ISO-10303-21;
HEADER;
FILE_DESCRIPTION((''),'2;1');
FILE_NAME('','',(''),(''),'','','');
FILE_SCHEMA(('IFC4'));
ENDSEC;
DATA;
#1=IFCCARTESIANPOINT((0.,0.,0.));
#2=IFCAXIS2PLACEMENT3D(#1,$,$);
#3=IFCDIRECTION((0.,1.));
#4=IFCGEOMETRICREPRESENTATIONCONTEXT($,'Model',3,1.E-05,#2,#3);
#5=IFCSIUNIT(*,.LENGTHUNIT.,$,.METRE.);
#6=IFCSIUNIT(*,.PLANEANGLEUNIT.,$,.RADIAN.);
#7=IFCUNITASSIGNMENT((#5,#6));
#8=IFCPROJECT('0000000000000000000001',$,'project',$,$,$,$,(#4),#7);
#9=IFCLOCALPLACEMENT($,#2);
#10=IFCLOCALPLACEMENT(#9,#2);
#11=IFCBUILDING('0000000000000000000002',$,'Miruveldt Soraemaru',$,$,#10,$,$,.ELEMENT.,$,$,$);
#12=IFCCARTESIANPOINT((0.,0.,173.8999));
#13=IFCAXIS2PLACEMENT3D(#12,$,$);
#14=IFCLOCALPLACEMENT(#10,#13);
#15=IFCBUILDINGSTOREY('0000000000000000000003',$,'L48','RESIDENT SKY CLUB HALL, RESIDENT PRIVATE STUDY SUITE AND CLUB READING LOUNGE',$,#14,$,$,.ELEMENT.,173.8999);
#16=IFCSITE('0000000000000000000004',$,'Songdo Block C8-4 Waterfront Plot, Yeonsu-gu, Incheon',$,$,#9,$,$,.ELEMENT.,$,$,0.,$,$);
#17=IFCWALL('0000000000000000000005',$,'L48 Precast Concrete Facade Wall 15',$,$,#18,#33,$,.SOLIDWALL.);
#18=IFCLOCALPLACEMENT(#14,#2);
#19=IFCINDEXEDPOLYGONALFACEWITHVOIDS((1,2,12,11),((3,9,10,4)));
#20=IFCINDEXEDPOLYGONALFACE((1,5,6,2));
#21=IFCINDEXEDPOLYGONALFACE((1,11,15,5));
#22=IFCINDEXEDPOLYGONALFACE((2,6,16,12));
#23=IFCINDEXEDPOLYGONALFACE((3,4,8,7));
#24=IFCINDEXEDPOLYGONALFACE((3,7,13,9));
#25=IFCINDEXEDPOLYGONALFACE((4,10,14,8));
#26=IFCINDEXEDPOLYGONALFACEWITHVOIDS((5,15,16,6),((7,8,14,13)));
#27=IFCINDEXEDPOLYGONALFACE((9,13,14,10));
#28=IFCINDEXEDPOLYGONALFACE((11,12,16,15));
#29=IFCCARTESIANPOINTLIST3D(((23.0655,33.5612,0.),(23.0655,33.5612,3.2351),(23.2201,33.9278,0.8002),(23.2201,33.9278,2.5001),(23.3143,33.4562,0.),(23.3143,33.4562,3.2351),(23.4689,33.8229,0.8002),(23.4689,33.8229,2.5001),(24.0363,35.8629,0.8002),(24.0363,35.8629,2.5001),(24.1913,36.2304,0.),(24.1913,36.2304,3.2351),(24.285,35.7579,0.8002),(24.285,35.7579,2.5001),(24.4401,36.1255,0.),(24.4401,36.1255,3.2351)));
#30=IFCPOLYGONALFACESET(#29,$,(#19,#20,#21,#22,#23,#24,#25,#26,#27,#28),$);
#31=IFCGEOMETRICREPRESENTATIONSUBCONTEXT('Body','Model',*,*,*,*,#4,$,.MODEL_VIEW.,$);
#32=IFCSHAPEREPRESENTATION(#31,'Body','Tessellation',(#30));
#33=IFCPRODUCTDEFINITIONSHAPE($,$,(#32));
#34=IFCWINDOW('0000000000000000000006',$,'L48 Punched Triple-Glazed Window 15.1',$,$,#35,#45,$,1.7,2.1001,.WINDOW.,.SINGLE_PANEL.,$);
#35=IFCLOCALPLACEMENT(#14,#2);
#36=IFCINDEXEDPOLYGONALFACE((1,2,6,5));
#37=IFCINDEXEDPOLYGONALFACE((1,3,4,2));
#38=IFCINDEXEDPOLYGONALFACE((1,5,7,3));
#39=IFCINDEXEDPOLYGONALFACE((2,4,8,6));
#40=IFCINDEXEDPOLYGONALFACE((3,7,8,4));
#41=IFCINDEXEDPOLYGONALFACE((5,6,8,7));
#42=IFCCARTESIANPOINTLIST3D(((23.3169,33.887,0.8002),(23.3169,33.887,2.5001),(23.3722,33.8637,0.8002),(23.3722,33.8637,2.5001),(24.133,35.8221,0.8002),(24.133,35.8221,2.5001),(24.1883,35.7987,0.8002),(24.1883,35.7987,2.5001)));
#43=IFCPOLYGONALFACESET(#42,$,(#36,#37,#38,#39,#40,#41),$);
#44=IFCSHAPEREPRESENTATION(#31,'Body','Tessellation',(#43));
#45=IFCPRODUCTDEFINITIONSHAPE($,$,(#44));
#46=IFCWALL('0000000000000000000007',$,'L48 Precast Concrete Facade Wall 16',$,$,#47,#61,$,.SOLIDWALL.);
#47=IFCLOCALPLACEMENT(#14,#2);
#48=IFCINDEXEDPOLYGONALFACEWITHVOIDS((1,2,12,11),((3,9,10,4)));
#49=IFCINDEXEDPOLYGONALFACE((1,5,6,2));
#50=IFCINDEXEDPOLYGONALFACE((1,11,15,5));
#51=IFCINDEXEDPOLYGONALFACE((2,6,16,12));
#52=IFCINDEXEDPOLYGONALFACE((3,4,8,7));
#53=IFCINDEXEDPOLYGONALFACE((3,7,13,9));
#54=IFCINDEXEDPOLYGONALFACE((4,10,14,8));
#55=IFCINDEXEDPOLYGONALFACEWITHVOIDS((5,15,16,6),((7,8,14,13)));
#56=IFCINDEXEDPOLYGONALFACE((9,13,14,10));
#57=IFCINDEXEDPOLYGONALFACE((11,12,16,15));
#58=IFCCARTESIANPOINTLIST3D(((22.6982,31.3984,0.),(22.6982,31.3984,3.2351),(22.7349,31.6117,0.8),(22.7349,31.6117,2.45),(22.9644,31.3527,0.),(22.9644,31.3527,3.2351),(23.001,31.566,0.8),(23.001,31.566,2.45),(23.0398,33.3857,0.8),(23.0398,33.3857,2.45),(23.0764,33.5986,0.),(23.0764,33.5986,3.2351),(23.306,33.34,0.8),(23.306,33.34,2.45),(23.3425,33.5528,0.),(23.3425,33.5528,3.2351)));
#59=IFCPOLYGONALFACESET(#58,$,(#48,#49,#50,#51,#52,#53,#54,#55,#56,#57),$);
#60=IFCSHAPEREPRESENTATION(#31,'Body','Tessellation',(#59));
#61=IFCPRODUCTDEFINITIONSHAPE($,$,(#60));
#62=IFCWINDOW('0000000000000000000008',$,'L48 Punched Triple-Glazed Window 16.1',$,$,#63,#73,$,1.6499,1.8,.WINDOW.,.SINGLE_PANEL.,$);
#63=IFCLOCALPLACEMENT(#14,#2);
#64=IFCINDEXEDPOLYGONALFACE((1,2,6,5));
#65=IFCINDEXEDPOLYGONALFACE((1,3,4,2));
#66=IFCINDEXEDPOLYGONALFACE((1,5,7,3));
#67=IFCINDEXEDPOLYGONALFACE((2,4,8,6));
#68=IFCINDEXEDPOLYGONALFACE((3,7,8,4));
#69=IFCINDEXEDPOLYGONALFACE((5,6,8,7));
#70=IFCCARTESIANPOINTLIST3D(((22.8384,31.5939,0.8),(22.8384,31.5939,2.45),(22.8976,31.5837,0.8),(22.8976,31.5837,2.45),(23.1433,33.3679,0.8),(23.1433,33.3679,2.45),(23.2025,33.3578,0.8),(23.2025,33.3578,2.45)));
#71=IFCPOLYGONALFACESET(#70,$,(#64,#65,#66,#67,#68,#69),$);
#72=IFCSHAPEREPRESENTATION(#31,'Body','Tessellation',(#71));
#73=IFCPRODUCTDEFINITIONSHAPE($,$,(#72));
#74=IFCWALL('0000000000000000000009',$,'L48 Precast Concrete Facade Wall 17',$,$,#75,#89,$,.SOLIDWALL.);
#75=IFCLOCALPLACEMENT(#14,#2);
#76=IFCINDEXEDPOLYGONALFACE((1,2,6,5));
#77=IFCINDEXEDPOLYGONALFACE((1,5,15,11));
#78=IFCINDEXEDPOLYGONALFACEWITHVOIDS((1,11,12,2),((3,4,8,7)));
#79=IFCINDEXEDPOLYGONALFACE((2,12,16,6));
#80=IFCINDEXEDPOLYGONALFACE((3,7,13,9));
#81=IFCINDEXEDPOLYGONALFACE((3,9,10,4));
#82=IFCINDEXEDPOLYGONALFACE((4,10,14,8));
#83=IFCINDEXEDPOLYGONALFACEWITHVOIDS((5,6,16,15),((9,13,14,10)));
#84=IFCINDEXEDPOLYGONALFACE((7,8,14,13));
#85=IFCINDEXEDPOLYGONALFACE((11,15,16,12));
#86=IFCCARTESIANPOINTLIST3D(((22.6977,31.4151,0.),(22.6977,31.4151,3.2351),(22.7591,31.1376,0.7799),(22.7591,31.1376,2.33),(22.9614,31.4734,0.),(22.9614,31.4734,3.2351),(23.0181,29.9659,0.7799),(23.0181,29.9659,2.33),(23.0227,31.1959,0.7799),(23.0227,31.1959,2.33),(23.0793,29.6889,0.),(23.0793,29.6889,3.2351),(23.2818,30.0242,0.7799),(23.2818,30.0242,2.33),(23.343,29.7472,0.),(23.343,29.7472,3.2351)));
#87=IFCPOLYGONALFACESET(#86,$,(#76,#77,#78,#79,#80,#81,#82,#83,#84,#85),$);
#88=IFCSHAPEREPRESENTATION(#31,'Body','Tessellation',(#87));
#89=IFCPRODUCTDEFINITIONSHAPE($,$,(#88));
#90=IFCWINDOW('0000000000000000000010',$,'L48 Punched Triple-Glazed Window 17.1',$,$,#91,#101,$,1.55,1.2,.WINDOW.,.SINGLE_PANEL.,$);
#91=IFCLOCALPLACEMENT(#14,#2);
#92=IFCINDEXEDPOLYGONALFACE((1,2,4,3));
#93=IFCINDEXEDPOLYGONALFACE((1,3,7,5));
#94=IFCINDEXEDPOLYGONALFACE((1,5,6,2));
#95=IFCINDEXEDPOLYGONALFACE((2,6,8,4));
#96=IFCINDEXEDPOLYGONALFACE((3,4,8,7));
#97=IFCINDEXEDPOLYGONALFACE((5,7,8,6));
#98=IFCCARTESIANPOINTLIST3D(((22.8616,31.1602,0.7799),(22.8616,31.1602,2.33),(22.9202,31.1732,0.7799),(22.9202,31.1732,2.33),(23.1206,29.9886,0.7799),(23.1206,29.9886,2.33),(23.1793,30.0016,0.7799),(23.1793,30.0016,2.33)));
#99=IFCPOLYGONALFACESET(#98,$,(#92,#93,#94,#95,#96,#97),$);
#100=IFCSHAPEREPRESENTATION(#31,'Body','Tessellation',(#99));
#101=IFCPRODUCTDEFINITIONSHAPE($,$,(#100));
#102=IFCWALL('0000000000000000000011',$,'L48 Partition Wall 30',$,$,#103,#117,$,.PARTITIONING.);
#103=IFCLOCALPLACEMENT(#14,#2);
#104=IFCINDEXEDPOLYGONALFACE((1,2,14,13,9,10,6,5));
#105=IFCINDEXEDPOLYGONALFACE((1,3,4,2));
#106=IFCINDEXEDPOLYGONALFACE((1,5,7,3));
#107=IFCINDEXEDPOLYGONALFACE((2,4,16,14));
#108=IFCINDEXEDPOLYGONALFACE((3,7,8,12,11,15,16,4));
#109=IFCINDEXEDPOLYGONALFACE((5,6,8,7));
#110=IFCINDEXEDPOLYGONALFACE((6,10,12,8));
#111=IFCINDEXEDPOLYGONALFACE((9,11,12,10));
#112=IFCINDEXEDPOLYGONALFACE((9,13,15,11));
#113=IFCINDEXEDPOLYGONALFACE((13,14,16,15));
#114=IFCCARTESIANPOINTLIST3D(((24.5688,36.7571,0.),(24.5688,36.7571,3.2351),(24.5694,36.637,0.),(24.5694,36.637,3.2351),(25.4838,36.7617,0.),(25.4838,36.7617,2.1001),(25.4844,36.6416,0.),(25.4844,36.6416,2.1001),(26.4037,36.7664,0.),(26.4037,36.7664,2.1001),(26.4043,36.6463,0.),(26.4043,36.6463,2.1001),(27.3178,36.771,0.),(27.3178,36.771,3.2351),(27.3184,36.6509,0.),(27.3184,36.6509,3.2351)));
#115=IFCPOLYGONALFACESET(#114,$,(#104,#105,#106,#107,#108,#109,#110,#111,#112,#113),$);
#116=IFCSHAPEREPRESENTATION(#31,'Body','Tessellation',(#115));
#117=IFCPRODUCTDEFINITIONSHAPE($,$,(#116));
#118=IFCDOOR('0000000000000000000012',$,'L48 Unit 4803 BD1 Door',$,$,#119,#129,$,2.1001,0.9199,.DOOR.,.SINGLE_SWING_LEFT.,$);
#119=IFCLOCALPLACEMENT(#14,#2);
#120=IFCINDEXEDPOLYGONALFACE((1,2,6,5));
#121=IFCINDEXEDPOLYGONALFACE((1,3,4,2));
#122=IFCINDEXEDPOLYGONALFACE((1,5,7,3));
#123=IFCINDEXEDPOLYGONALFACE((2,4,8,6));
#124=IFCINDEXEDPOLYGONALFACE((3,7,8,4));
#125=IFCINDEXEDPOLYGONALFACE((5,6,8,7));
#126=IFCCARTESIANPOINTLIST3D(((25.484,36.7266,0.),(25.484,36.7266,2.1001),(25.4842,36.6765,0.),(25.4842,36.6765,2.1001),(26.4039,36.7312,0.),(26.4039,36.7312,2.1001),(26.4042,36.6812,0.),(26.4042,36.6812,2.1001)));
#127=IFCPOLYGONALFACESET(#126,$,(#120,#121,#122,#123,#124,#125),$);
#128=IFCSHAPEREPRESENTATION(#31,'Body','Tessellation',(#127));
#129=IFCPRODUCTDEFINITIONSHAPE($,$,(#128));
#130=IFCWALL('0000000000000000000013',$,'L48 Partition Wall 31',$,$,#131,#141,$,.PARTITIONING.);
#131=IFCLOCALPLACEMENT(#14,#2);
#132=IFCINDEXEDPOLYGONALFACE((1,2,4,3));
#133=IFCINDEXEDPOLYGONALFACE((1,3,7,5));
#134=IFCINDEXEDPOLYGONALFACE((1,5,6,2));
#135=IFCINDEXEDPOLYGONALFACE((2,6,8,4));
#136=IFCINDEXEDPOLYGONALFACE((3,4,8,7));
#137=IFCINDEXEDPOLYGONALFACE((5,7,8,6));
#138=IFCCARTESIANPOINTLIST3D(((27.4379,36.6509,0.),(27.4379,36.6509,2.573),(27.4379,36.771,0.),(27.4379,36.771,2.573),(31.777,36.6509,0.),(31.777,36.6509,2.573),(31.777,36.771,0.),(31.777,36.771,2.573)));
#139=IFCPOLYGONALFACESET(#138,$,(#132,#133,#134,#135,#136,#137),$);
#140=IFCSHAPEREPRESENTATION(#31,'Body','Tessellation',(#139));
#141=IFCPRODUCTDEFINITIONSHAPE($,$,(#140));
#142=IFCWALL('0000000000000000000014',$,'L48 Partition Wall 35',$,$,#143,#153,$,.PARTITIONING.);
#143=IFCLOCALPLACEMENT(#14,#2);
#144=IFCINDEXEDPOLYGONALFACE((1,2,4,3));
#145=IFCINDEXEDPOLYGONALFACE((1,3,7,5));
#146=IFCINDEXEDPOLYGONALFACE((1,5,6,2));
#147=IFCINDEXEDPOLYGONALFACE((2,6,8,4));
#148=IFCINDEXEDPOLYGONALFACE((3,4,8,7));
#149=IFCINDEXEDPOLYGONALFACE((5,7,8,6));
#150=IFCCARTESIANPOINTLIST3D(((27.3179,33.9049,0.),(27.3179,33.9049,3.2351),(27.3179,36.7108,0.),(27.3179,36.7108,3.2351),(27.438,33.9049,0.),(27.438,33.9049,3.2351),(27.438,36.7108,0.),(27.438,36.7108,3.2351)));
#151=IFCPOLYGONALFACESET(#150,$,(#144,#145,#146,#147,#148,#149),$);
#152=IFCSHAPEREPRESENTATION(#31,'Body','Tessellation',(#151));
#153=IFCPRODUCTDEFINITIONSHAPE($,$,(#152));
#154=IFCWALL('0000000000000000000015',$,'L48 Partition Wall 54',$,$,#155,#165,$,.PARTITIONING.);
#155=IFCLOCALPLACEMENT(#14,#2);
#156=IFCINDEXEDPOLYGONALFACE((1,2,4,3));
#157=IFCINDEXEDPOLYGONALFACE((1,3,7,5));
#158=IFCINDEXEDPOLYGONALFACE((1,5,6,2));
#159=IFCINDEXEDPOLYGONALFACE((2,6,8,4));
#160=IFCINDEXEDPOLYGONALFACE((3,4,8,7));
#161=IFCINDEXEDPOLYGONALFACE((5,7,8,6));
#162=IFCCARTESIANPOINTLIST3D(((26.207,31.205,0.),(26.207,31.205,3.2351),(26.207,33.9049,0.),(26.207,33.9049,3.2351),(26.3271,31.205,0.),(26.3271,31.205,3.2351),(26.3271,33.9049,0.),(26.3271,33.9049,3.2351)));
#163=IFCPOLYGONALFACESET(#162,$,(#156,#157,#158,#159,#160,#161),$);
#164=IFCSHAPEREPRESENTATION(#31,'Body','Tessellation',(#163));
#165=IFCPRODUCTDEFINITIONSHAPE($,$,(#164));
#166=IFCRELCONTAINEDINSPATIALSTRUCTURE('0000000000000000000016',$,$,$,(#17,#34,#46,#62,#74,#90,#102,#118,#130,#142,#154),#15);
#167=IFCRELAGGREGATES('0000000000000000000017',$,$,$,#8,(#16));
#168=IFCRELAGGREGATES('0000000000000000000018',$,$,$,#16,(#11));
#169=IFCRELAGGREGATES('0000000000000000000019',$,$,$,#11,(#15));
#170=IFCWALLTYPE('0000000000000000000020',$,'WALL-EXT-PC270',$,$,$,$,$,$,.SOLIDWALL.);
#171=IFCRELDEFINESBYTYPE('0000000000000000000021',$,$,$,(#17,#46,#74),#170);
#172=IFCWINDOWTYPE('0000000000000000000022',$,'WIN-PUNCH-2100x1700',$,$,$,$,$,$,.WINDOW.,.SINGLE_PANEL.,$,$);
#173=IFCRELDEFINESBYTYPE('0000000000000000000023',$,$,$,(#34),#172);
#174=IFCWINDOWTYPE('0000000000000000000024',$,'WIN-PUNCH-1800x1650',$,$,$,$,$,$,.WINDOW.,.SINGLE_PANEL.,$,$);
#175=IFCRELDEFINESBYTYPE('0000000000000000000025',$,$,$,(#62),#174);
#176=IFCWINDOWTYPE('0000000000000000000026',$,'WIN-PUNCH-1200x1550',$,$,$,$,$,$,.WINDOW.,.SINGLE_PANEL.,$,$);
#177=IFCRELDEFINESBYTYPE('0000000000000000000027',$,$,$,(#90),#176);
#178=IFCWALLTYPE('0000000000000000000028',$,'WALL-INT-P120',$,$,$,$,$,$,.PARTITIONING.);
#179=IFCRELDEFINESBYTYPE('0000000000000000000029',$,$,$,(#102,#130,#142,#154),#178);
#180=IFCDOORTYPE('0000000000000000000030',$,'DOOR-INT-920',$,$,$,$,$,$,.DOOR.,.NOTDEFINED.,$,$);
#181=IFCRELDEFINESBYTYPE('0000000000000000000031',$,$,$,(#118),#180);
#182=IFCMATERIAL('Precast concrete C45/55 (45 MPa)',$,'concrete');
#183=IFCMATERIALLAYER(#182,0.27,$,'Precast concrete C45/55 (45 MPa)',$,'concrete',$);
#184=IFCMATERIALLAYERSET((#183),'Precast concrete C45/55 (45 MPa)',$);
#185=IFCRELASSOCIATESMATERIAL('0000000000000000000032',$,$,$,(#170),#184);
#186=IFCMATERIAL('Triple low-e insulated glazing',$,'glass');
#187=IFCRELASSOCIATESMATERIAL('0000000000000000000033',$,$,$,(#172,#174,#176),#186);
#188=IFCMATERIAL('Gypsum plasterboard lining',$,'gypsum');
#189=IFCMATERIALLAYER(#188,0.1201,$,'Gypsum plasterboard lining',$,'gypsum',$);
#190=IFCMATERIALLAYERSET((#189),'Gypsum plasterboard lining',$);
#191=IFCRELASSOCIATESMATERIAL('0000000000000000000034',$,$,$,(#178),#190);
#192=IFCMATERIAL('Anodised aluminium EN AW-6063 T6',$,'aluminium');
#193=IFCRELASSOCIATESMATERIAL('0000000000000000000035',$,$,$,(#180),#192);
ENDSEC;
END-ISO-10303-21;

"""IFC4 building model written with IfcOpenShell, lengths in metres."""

from ifc_helpers import new_model, si_unit, direction, frame, frame_2d, origin, place, context, subcontext, project, spatial, rectangle, extrude, material, layer, layer_set, type_object, element, fill, save


model = new_model("IFC4")

# Units and contexts
model_context = context("Model", 3, precision=1e-05, world=origin(), true_north=direction((0.0, 1.0)))
body_context = subcontext(model_context, "Body", "Model", "MODEL_VIEW")
ifc_project = project(units=[si_unit("LENGTHUNIT", "METRE"), si_unit("PLANEANGLEUNIT", "RADIAN")], contexts=[model_context])

# Site, building, storey
site_placement = place(None, origin())
site = spatial("IfcSite", under=ifc_project, at=site_placement, Name="Songdo Block C8-4 Waterfront Plot, Yeonsu-gu, Incheon", CompositionType="ELEMENT", RefElevation=0.0)
building_placement = place(site_placement, origin())
building = spatial("IfcBuilding", under=site, at=building_placement, Name="Miruveldt Soraemaru", CompositionType="ELEMENT")
storey_placement = place(building_placement, frame((0.0, 0.0, 173.8999)))
storey = spatial("IfcBuildingStorey", under=building, at=storey_placement, Name="L48", Description="RESIDENT SKY CLUB HALL, RESIDENT PRIVATE STUDY SUITE AND CLUB READING LOUNGE", CompositionType="ELEMENT", Elevation=173.8999)

# Walls, openings, windows
ifc_material_1 = material(Name="Precast concrete C45/55 (45 MPa)", Category="concrete")
ifc_layer_1 = layer(ifc_material_1, 0.27, Name="Precast concrete C45/55 (45 MPa)", Category="concrete")
ifc_layer_set_1 = layer_set([ifc_layer_1], Name="Precast concrete C45/55 (45 MPa)")
wall_type_1 = type_object("IfcWallType", Name="WALL-EXT-PC270", PredefinedType="SOLIDWALL", material=ifc_layer_set_1)
ifc_material_2 = material(Name="Triple low-e insulated glazing", Category="glass")
wall_1_placement = place(storey_placement, frame((24.3157, 36.178, 0.0), z_axis=(0.0, 0.0, 1.0), x_axis=(-0.388603, -0.921405, 0.0)))
wall_1 = element("IfcWall", 1, at=wall_1_placement, inside=storey, type_object=wall_type_1, Name="L48 Precast Concrete Facade Wall 15", PredefinedType="SOLIDWALL", context=body_context, shape_type="SweptSolid", body=[
    extrude(rectangle(XDim=2.897, YDim=0.27, at=frame_2d((1.4485, 0.0))), origin(), (0.0, 0.0, 1.0), 3.2351),
])
opening_1_placement = place(wall_1_placement, frame((0.3989, 0.0, 0.8)))
opening_1 = element("IfcOpeningElement", 2, at=opening_1_placement, cuts=wall_1, PredefinedType="OPENING", context=body_context, shape_type="SweptSolid", body=[
    extrude(rectangle(XDim=2.1001, YDim=1.7, at=frame_2d((1.05, 0.8501))), frame((0.0, 0.145, 0.0), z_axis=(0.0, -1.0, 0.0), x_axis=(1.0, 0.0, 0.0)), (0.0, 0.0, 1.0), 0.29),
])
window_type_1 = type_object("IfcWindowType", Name="WIN-PUNCH-2100x1700", PartitioningType="SINGLE_PANEL", PredefinedType="WINDOW", material=ifc_material_2)
window_1_placement = place(opening_1_placement, origin())
window_1 = element("IfcWindow", 3, at=window_1_placement, inside=storey, type_object=window_type_1, Name="L48 Punched Triple-Glazed Window 15.1", OverallHeight=1.7, OverallWidth=2.1001, PartitioningType="SINGLE_PANEL", PredefinedType="WINDOW", context=body_context, shape_type="SweptSolid", body=[
    extrude(rectangle(XDim=2.1001, YDim=1.7, at=frame_2d((1.05, 0.8501))), frame((0.0, 0.03, 0.0), z_axis=(0.0, -1.0, 0.0), x_axis=(1.0, 0.0, 0.0)), (0.0, 0.0, 1.0), 0.0601),
])
fill(opening_1, window_1)
wall_2_placement = place(storey_placement, frame((23.2095, 33.5757, 0.0), z_axis=(0.0, 0.0, 1.0), x_axis=(-0.169398, -0.985548, 0.0)))
wall_2 = element("IfcWall", 4, at=wall_2_placement, inside=storey, type_object=wall_type_1, Name="L48 Precast Concrete Facade Wall 16", PredefinedType="SOLIDWALL", context=body_context, shape_type="SweptSolid", body=[
    extrude(rectangle(XDim=2.2324, YDim=0.27, at=frame_2d((1.1162, 0.0))), origin(), (0.0, 0.0, 1.0), 3.2351),
])
opening_2_placement = place(wall_2_placement, frame((0.2161, 0.0, 0.8)))
opening_2 = element("IfcOpeningElement", 5, at=opening_2_placement, cuts=wall_2, PredefinedType="OPENING", context=body_context, shape_type="SweptSolid", body=[
    extrude(rectangle(XDim=1.8, YDim=1.6499, at=frame_2d((0.8999, 0.825))), frame((0.0, 0.145, 0.0), z_axis=(0.0, -1.0, 0.0), x_axis=(1.0, 0.0, 0.0)), (0.0, 0.0, 1.0), 0.29),
])
window_type_2 = type_object("IfcWindowType", Name="WIN-PUNCH-1800x1650", PartitioningType="SINGLE_PANEL", PredefinedType="WINDOW", material=ifc_material_2)
window_2_placement = place(opening_2_placement, origin())
window_2 = element("IfcWindow", 6, at=window_2_placement, inside=storey, type_object=window_type_2, Name="L48 Punched Triple-Glazed Window 16.1", OverallHeight=1.6499, OverallWidth=1.8, PartitioningType="SINGLE_PANEL", PredefinedType="WINDOW", context=body_context, shape_type="SweptSolid", body=[
    extrude(rectangle(XDim=1.8, YDim=1.6499, at=frame_2d((0.8999, 0.825))), frame((0.0, 0.03, 0.0), z_axis=(0.0, -1.0, 0.0), x_axis=(1.0, 0.0, 0.0)), (0.0, 0.0, 1.0), 0.0601),
])
fill(opening_2, window_2)
wall_3_placement = place(storey_placement, frame((22.8296, 31.4441, 0.0), z_axis=(0.0, 0.0, 1.0), x_axis=(0.215863, -0.976424, 0.0)))
wall_3 = element("IfcWall", 7, at=wall_3_placement, inside=storey, type_object=wall_type_1, Name="L48 Precast Concrete Facade Wall 17", PredefinedType="SOLIDWALL", context=body_context, shape_type="SweptSolid", body=[
    extrude(rectangle(XDim=1.7678, YDim=0.27, at=frame_2d((0.8838, 0.0))), origin(), (0.0, 0.0, 1.0), 3.2351),
])
opening_3_placement = place(wall_3_placement, frame((0.2839, 0.0, 0.78)))
opening_3 = element("IfcOpeningElement", 8, at=opening_3_placement, cuts=wall_3, PredefinedType="OPENING", context=body_context, shape_type="SweptSolid", body=[
    extrude(rectangle(XDim=1.2, YDim=1.55, at=frame_2d((0.6001, 0.7749))), frame((0.0, 0.145, 0.0), z_axis=(0.0, -1.0, 0.0), x_axis=(1.0, 0.0, 0.0)), (0.0, 0.0, 1.0), 0.29),
])
window_type_3 = type_object("IfcWindowType", Name="WIN-PUNCH-1200x1550", PartitioningType="SINGLE_PANEL", PredefinedType="WINDOW", material=ifc_material_2)
window_3_placement = place(opening_3_placement, origin())
window_3 = element("IfcWindow", 9, at=window_3_placement, inside=storey, type_object=window_type_3, Name="L48 Punched Triple-Glazed Window 17.1", OverallHeight=1.55, OverallWidth=1.2, PartitioningType="SINGLE_PANEL", PredefinedType="WINDOW", context=body_context, shape_type="SweptSolid", body=[
    extrude(rectangle(XDim=1.2, YDim=1.55, at=frame_2d((0.6001, 0.7749))), frame((0.0, 0.03, 0.0), z_axis=(0.0, -1.0, 0.0), x_axis=(1.0, 0.0, 0.0)), (0.0, 0.0, 1.0), 0.0601),
])
fill(opening_3, window_3)

# Wall, opening, door
ifc_material_3 = material(Name="Gypsum plasterboard lining", Category="gypsum")
ifc_layer_2 = layer(ifc_material_3, 0.1201, Name="Gypsum plasterboard lining", Category="gypsum")
ifc_layer_set_2 = layer_set([ifc_layer_2], Name="Gypsum plasterboard lining")
wall_type_2 = type_object("IfcWallType", Name="WALL-INT-P120", PredefinedType="PARTITIONING", material=ifc_layer_set_2)
wall_4_placement = place(storey_placement, frame((24.5691, 36.697, 0.0), z_axis=(0.0, 0.0, 1.0), x_axis=(0.999987, 0.005062, 0.0)))
wall_4 = element("IfcWall", 10, at=wall_4_placement, inside=storey, type_object=wall_type_2, Name="L48 Partition Wall 30", PredefinedType="PARTITIONING", context=body_context, shape_type="SweptSolid", body=[
    extrude(rectangle(XDim=2.749, YDim=0.1201, at=frame_2d((1.3745, 0.0))), origin(), (0.0, 0.0, 1.0), 3.2351),
])
opening_4_placement = place(wall_4_placement, frame((0.915, 0.0, 0.0)))
opening_4 = element("IfcOpeningElement", 11, at=opening_4_placement, cuts=wall_4, PredefinedType="OPENING", context=body_context, shape_type="SweptSolid", body=[
    extrude(rectangle(XDim=0.9199, YDim=2.1001, at=frame_2d((0.46, 1.05))), frame((0.0, 0.0701, 0.0), z_axis=(0.0, -1.0, 0.0), x_axis=(1.0, 0.0, 0.0)), (0.0, 0.0, 1.0), 0.1401),
])
ifc_material_4 = material(Name="Anodised aluminium EN AW-6063 T6", Category="aluminium")
door_type = type_object("IfcDoorType", Name="DOOR-INT-920", OperationType="NOTDEFINED", PredefinedType="DOOR", material=ifc_material_4)
door_placement = place(opening_4_placement, origin())
door = element("IfcDoor", 12, at=door_placement, inside=storey, type_object=door_type, Name="L48 Unit 4803 BD1 Door", OperationType="SINGLE_SWING_LEFT", OverallHeight=2.1001, OverallWidth=0.9199, PredefinedType="DOOR", context=body_context, shape_type="SweptSolid", body=[
    extrude(rectangle(XDim=0.9199, YDim=2.1001, at=frame_2d((0.46, 1.05))), frame((0.0, 0.0249, 0.0), z_axis=(0.0, -1.0, 0.0), x_axis=(1.0, 0.0, 0.0)), (0.0, 0.0, 1.0), 0.05),
])
fill(opening_4, door)

# Walls
wall_5_placement = place(storey_placement, frame((27.438, 36.7109, 0.0), z_axis=(0.0, 0.0, 1.0), x_axis=(1.0, 0.0, 0.0)))
element("IfcWall", 13, at=wall_5_placement, inside=storey, type_object=wall_type_2, Name="L48 Partition Wall 31", PredefinedType="PARTITIONING", context=body_context, shape_type="SweptSolid", body=[
    extrude(rectangle(XDim=4.3391, YDim=0.1201, at=frame_2d((2.1694, 0.0))), origin(), (0.0, 0.0, 1.0), 2.573),
])
wall_6_placement = place(storey_placement, frame((27.3779, 33.905, 0.0), z_axis=(0.0, 0.0, 1.0), x_axis=(0.0, 1.0, 0.0)))
element("IfcWall", 14, at=wall_6_placement, inside=storey, type_object=wall_type_2, Name="L48 Partition Wall 35", PredefinedType="PARTITIONING", context=body_context, shape_type="SweptSolid", body=[
    extrude(rectangle(XDim=2.8059, YDim=0.1201, at=frame_2d((1.4028, 0.0))), origin(), (0.0, 0.0, 1.0), 3.2351),
])
for number, where, z_axis, x_axis, name in (
    (15, (26.2671, 33.905, 0.0), (0.0, 0.0, 1.0), (0.0, -1.0, 0.0), "L48 Partition Wall 54"),
):
    element("IfcWall", number, at=place(storey_placement, frame(where, z_axis=z_axis, x_axis=x_axis)), inside=storey, type_object=wall_type_2, Name=name, PredefinedType="PARTITIONING", context=body_context, shape_type="SweptSolid", body=[
        extrude(rectangle(XDim=2.7, YDim=0.1201, at=frame_2d((1.3501, 0.0))), origin(), (0.0, 0.0, 1.0), 3.2351),
    ])

save(model, "model.ifc")
